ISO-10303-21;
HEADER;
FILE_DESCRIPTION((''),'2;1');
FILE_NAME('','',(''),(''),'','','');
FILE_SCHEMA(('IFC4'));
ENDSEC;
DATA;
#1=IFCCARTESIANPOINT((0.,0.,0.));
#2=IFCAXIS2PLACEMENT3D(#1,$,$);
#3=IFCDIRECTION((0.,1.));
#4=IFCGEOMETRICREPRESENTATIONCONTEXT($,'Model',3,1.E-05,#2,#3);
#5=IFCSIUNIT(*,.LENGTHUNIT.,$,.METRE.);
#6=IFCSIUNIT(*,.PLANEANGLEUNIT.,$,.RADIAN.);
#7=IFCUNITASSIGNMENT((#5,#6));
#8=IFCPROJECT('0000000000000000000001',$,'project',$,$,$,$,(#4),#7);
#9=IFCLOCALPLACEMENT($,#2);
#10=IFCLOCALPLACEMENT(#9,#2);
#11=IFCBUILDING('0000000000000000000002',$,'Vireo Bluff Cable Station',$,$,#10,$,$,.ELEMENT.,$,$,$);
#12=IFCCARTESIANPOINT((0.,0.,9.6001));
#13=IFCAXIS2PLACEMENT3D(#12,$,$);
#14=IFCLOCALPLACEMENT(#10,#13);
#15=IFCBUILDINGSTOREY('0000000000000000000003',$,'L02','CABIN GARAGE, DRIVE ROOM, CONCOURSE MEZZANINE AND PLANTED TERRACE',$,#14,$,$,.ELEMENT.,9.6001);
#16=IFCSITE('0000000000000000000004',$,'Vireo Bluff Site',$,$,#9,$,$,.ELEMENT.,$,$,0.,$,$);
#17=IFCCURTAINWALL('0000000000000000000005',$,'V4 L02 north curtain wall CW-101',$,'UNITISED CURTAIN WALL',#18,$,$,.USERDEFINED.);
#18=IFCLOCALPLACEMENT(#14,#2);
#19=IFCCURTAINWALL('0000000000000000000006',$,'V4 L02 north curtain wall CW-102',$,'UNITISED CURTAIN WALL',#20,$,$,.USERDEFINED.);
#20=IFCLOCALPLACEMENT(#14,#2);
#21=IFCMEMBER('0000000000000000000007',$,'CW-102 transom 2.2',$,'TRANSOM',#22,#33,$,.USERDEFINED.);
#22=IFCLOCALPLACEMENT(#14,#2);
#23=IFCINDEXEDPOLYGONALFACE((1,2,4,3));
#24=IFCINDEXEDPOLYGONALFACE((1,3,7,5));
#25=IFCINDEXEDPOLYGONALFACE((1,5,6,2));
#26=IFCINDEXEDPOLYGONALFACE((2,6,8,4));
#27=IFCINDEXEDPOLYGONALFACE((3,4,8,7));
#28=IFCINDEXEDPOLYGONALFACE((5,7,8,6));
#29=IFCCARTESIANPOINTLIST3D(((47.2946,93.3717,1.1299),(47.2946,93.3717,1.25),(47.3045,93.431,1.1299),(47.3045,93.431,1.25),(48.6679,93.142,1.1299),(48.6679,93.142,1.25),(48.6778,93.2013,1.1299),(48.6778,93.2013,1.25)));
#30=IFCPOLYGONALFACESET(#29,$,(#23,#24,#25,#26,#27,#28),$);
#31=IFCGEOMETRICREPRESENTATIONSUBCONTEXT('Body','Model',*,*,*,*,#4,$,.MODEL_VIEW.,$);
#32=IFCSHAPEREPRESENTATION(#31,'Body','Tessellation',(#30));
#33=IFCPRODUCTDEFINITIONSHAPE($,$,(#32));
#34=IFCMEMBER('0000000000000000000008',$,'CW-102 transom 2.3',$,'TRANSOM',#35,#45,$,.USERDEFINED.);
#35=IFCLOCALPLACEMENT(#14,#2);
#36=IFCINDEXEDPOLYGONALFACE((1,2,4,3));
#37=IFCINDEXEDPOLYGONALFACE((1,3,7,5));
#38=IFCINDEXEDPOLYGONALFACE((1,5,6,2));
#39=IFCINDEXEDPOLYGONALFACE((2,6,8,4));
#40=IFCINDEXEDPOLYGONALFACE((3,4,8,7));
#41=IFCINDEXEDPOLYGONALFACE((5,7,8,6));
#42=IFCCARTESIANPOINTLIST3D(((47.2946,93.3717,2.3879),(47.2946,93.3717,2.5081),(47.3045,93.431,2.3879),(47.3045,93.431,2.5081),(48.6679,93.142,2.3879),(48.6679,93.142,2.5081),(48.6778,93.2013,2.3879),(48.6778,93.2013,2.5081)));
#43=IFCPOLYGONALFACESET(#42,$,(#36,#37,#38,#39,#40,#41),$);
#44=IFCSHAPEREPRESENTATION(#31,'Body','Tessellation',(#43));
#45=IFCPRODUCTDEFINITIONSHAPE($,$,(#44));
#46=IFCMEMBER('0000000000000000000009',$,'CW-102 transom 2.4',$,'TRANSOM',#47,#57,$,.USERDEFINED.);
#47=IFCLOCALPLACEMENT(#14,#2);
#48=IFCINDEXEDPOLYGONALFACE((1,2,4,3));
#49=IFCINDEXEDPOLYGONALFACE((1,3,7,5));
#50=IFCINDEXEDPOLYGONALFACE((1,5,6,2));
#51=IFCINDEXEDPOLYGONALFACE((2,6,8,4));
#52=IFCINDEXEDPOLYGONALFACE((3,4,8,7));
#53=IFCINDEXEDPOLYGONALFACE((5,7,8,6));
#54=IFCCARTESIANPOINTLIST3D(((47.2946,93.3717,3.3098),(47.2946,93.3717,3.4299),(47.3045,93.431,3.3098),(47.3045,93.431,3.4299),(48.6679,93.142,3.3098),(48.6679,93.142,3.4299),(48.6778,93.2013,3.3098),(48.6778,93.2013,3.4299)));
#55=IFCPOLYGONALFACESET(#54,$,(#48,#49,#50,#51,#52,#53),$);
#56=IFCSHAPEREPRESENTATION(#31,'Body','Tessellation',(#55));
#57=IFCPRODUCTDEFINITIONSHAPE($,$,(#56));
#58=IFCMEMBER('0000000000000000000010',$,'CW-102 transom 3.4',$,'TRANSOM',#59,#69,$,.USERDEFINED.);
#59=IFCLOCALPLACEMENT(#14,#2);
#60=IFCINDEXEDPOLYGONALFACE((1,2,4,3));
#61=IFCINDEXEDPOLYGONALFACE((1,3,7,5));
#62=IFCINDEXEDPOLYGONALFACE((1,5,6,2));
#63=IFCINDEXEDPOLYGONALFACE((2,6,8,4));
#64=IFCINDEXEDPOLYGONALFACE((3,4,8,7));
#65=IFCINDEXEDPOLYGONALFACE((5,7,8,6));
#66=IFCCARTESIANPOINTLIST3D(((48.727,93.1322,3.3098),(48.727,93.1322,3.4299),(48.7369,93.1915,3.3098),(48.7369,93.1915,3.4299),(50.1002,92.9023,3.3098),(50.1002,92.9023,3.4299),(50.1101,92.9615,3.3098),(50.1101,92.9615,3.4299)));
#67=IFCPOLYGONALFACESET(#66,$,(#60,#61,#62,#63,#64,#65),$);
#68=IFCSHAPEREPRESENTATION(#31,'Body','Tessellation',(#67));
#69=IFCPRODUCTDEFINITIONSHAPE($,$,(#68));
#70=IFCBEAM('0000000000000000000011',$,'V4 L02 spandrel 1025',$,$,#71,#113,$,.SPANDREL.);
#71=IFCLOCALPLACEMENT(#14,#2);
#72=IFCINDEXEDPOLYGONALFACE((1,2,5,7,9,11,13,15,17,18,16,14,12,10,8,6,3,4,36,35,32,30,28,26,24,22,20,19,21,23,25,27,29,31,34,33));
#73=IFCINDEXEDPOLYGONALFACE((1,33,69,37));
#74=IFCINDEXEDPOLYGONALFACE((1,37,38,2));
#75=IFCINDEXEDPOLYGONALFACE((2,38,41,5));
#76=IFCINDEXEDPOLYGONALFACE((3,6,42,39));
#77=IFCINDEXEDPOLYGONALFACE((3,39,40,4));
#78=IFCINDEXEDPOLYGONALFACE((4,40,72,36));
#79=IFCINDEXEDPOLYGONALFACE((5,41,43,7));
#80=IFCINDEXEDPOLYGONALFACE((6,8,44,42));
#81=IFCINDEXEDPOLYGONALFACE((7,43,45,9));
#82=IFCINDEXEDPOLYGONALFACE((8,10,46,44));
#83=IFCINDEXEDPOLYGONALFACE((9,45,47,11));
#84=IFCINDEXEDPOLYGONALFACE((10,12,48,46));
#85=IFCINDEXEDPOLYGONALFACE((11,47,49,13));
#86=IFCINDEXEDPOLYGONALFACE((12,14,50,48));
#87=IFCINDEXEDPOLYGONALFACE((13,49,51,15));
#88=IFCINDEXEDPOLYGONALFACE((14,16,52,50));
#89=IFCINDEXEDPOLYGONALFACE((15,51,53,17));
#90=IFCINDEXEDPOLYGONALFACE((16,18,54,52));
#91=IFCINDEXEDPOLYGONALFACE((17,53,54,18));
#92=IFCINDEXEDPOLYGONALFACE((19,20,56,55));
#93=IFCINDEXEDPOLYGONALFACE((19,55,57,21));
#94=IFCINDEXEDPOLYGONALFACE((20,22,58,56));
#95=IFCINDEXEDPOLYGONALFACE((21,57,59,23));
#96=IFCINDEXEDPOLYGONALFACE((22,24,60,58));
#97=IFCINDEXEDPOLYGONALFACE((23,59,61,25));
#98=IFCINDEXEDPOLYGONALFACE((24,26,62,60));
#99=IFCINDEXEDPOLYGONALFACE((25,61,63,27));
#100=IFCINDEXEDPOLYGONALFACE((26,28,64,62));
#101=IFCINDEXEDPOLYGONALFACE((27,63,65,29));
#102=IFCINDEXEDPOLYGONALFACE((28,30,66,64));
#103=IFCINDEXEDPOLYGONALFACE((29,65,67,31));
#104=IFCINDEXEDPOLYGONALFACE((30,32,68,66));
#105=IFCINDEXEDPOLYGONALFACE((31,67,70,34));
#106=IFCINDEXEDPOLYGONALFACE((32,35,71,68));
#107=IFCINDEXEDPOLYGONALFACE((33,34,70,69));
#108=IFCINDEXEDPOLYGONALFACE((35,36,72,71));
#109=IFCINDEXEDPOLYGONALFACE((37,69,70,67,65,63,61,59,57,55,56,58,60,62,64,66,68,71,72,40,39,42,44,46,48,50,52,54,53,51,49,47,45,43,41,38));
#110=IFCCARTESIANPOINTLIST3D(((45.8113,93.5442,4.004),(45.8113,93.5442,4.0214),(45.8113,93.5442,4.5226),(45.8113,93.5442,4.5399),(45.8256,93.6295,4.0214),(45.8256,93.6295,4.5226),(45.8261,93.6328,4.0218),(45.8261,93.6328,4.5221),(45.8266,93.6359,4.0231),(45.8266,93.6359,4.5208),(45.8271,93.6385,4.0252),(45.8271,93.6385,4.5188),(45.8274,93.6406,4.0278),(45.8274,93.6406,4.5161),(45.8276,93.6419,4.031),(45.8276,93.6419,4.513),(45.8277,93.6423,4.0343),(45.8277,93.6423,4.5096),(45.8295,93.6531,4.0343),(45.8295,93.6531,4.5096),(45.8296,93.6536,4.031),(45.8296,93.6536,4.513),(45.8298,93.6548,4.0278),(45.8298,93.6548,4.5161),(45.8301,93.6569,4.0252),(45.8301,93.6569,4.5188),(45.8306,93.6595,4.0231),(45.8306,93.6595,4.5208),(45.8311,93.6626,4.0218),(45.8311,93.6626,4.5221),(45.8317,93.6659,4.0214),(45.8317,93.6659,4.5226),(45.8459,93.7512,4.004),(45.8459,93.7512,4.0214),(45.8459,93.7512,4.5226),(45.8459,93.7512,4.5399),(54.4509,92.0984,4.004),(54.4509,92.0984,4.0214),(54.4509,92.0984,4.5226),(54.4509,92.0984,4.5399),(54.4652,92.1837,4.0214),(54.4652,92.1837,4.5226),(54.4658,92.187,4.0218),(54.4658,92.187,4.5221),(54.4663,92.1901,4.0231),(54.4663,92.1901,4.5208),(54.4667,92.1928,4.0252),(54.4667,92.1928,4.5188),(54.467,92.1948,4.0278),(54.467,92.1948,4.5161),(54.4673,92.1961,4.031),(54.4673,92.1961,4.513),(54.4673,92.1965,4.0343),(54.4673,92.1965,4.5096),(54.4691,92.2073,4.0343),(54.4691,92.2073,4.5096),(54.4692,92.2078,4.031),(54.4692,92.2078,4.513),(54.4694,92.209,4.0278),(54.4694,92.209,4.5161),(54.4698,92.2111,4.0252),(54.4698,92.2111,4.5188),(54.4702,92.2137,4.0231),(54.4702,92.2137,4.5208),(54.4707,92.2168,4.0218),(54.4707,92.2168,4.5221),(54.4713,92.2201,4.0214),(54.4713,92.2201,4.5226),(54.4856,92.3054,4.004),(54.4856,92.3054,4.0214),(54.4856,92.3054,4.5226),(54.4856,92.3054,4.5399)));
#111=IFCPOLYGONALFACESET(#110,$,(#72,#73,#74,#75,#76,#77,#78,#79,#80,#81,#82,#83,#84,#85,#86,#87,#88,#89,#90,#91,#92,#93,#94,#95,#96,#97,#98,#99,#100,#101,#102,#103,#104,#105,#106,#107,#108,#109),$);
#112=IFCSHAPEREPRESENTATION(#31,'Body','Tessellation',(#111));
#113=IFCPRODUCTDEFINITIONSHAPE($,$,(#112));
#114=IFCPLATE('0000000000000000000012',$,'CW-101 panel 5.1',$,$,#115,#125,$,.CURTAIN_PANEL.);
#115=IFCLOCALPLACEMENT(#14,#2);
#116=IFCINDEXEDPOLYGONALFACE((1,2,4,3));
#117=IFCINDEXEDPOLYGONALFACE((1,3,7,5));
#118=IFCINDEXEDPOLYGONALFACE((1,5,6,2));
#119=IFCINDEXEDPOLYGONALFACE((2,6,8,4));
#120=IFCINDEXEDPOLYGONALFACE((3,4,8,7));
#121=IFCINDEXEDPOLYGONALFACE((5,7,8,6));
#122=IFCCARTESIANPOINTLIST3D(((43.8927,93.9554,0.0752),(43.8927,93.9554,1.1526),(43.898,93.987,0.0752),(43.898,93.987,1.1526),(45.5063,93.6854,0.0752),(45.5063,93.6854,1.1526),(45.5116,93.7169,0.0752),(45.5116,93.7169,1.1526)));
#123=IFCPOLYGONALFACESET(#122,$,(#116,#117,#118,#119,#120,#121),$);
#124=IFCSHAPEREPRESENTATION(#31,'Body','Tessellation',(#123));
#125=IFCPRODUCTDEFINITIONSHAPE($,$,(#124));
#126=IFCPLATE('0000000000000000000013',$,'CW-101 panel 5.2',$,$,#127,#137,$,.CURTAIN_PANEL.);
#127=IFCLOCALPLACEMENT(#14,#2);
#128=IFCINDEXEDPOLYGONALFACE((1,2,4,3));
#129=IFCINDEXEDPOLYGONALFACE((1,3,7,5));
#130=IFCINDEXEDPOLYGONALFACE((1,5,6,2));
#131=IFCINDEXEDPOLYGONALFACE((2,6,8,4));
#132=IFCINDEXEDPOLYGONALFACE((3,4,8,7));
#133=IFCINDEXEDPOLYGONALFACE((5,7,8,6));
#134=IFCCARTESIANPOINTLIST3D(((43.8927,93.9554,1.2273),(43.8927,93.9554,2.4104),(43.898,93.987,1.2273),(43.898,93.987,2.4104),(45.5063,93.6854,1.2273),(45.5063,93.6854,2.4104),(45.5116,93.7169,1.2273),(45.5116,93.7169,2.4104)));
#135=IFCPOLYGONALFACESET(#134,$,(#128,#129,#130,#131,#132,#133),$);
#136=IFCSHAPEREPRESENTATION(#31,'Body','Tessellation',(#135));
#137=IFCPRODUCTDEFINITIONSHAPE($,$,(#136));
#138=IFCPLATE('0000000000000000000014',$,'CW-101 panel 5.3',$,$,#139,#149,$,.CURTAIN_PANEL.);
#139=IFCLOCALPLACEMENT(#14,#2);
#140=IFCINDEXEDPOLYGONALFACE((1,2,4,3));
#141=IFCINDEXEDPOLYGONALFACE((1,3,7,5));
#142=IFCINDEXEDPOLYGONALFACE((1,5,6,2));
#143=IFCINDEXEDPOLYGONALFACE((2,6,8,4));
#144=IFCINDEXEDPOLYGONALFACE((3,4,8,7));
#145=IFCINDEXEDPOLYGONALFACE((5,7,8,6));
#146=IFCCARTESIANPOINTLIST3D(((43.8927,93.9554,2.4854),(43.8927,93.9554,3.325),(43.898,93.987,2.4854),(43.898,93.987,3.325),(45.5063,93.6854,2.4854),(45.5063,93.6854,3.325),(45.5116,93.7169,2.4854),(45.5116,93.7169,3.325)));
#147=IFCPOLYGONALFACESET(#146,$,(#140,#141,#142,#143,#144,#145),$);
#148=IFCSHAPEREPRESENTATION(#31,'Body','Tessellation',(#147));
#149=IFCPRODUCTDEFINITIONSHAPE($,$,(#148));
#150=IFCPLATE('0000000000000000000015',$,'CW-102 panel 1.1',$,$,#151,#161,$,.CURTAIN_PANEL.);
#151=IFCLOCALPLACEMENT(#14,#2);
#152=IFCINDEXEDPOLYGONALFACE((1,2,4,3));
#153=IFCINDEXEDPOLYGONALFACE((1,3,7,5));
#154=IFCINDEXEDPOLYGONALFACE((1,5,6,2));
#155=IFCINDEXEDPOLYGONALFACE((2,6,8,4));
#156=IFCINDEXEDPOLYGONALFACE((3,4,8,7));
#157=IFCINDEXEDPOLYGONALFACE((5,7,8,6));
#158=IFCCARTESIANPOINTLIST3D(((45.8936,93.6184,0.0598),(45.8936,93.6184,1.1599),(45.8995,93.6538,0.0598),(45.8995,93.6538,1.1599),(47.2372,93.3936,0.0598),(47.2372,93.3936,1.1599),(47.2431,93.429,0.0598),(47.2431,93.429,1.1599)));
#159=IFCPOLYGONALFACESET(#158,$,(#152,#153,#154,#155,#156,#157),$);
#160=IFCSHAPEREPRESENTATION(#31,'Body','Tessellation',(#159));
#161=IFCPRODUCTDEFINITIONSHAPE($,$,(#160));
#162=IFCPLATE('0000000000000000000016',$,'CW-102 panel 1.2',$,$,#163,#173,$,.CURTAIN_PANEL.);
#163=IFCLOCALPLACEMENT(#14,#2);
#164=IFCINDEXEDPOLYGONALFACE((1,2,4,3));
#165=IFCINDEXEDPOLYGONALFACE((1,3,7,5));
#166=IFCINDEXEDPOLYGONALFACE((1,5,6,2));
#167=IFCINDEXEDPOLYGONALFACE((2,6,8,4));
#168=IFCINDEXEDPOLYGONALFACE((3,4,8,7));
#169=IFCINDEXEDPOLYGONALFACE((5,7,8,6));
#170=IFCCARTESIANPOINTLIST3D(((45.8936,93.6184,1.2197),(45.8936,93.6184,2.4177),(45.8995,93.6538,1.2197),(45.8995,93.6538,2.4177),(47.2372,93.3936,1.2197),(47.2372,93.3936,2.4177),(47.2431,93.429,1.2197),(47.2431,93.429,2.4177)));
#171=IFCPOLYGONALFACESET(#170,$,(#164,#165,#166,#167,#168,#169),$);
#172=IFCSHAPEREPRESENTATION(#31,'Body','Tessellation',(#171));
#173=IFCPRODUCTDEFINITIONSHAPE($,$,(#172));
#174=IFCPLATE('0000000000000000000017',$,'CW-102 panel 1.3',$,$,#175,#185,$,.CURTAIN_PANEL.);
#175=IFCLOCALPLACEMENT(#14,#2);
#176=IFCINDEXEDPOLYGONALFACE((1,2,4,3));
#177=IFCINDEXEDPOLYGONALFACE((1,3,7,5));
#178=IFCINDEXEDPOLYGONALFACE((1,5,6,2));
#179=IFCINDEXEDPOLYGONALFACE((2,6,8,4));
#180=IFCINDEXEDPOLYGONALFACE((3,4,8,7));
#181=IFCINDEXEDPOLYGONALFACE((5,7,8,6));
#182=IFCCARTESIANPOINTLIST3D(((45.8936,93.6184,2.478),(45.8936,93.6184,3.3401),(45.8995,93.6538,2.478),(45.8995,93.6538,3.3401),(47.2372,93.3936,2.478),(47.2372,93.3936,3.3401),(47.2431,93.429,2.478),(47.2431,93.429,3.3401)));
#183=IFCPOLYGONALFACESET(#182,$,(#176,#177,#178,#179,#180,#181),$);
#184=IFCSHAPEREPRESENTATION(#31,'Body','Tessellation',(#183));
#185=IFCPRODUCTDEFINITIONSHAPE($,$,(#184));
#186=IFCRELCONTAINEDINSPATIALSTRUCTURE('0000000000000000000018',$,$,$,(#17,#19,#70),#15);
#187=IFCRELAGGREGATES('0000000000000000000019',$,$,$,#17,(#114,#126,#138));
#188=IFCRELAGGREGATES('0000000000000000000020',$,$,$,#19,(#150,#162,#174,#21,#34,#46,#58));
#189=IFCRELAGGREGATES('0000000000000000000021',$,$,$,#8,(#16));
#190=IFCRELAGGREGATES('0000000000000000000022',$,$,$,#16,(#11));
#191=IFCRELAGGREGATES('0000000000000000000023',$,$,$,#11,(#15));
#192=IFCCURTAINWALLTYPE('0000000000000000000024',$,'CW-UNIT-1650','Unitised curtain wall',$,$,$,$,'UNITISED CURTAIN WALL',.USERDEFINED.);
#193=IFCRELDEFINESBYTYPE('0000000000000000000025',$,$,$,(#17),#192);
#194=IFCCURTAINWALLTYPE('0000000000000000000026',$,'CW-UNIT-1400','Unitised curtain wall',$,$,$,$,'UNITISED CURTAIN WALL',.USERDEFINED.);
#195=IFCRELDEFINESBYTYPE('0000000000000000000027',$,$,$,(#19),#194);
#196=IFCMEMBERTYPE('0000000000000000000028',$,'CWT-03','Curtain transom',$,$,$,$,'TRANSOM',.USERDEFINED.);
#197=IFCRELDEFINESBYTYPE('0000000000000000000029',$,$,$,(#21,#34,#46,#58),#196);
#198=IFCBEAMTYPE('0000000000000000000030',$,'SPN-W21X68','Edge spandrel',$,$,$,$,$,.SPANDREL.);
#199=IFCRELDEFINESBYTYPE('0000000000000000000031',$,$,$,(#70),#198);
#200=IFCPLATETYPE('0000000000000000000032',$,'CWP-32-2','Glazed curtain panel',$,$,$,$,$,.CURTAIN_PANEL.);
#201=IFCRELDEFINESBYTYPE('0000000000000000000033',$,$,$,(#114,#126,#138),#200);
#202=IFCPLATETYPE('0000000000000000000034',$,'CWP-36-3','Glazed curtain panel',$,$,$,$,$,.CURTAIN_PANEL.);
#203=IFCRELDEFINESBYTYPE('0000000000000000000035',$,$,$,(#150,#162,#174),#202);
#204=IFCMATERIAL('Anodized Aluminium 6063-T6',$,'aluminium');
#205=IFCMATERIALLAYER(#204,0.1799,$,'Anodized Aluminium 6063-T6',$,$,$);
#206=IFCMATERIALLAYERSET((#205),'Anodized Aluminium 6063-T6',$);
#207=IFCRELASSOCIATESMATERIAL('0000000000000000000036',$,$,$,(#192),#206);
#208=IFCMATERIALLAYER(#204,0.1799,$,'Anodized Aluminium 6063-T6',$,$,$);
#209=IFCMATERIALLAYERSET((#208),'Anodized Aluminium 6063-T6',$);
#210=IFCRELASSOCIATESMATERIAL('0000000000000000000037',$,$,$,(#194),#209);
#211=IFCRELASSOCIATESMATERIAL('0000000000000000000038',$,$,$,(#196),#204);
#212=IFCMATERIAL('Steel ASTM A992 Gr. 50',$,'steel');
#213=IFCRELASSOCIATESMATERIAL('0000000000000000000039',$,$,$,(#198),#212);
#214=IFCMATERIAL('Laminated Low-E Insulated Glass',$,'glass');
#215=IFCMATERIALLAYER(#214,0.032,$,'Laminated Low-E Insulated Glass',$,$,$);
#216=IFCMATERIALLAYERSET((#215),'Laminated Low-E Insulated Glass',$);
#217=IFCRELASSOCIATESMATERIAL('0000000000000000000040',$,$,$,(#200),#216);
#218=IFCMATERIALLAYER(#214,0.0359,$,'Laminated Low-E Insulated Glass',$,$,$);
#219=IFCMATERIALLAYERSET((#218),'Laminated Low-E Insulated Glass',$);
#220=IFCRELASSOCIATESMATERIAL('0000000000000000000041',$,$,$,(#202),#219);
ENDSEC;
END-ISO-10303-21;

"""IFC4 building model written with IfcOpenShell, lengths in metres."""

from ifc_helpers import new_model, si_unit, direction, frame, origin, origin_2d, place, context, subcontext, project, spatial, rectangle, i_section, extrude, material, layer, layer_set, material_profile, profile_set, type_object, element, aggregate, save


model = new_model("IFC4")

# Units and contexts
model_context = context("Model", 3, precision=1e-05, world=origin(), true_north=direction((0.0, 1.0)))
body_context = subcontext(model_context, "Body", "Model", "MODEL_VIEW")
ifc_project = project(units=[si_unit("LENGTHUNIT", "METRE"), si_unit("PLANEANGLEUNIT", "RADIAN")], contexts=[model_context])

# Site, building, storey
site_placement = place(None, origin())
site = spatial("IfcSite", under=ifc_project, at=site_placement, Name="Vireo Bluff Site", CompositionType="ELEMENT", RefElevation=0.0)
building_placement = place(site_placement, origin())
building = spatial("IfcBuilding", under=site, at=building_placement, Name="Vireo Bluff Cable Station", CompositionType="ELEMENT")
storey_placement = place(building_placement, frame((0.0, 0.0, 9.6001)))
storey = spatial("IfcBuildingStorey", under=building, at=storey_placement, Name="L02", Description="CABIN GARAGE, DRIVE ROOM, CONCOURSE MEZZANINE AND PLANTED TERRACE", CompositionType="ELEMENT", Elevation=9.6001)

# Shared definitions
ifc_material_1 = material(Name="Steel ASTM A992 Gr. 50", Category="steel")

# Curtain wall
ifc_material_2 = material(Name="Anodized Aluminium 6063-T6", Category="aluminium")
ifc_layer_1 = layer(ifc_material_2, 0.1799, Name="Anodized Aluminium 6063-T6")
ifc_layer_set_1 = layer_set([ifc_layer_1], Name="Anodized Aluminium 6063-T6")
curtain_wall_type_1 = type_object("IfcCurtainWallType", Name="CW-UNIT-1650", Description="Unitised curtain wall", ElementType="UNITISED CURTAIN WALL", PredefinedType="USERDEFINED", material=ifc_layer_set_1)
curtain_wall_1_placement = place(storey_placement, origin())
curtain_wall_1 = element("IfcCurtainWall", 1, at=curtain_wall_1_placement, inside=storey, type_object=curtain_wall_type_1, Name="V4 L02 north curtain wall CW-101", ObjectType="UNITISED CURTAIN WALL", PredefinedType="USERDEFINED")

# Curtain wall
ifc_layer_2 = layer(ifc_material_2, 0.1799, Name="Anodized Aluminium 6063-T6")
ifc_layer_set_2 = layer_set([ifc_layer_2], Name="Anodized Aluminium 6063-T6")
curtain_wall_type_2 = type_object("IfcCurtainWallType", Name="CW-UNIT-1400", Description="Unitised curtain wall", ElementType="UNITISED CURTAIN WALL", PredefinedType="USERDEFINED", material=ifc_layer_set_2)
curtain_wall_2_placement = place(storey_placement, origin())
curtain_wall_2 = element("IfcCurtainWall", 2, at=curtain_wall_2_placement, inside=storey, type_object=curtain_wall_type_2, Name="V4 L02 north curtain wall CW-102", ObjectType="UNITISED CURTAIN WALL", PredefinedType="USERDEFINED")

# Members
ifc_material_profile_1 = material_profile(ifc_material_2, rectangle(XDim=0.0601, YDim=0.1201, at=origin_2d()), Name="ALU-T-60X120")
ifc_profile_set_1 = profile_set([ifc_material_profile_1], Name="Anodized Aluminium 6063-T6")
member_type_1 = type_object("IfcMemberType", Name="CWT-03", Description="Curtain transom", ElementType="TRANSOM", PredefinedType="USERDEFINED", material=ifc_profile_set_1)
member_1_placement = place(storey_placement, frame((47.2996, 93.4014, 1.1899), z_axis=(0.986294, -0.164996, 0.0), x_axis=(0.164996, 0.986294, 0.0)))
member_1 = element("IfcMember", 3, at=member_1_placement, type_object=member_type_1, Name="CW-102 transom 2.2", ObjectType="TRANSOM", PredefinedType="USERDEFINED", context=body_context, shape_type="SweptSolid", body=[
    extrude(rectangle(XDim=0.0601, YDim=0.1201, at=origin_2d()), origin(), (0.0, 0.0, 1.0), 1.3923),
])
member_2_placement = place(storey_placement, frame((47.2996, 93.4014, 2.448), z_axis=(0.986294, -0.164996, 0.0), x_axis=(0.164996, 0.986294, 0.0)))
member_2 = element("IfcMember", 4, at=member_2_placement, type_object=member_type_1, Name="CW-102 transom 2.3", ObjectType="TRANSOM", PredefinedType="USERDEFINED", context=body_context, shape_type="SweptSolid", body=[
    extrude(rectangle(XDim=0.0601, YDim=0.1201, at=origin_2d()), origin(), (0.0, 0.0, 1.0), 1.3923),
])
member_3_placement = place(storey_placement, frame((47.2996, 93.4014, 3.3699), z_axis=(0.986294, -0.164996, 0.0), x_axis=(0.164996, 0.986294, 0.0)))
member_3 = element("IfcMember", 5, at=member_3_placement, type_object=member_type_1, Name="CW-102 transom 2.4", ObjectType="TRANSOM", PredefinedType="USERDEFINED", context=body_context, shape_type="SweptSolid", body=[
    extrude(rectangle(XDim=0.0601, YDim=0.1201, at=origin_2d()), origin(), (0.0, 0.0, 1.0), 1.3923),
])
member_4_placement = place(storey_placement, frame((48.7319, 93.1619, 3.3699), z_axis=(0.986266, -0.165167, 0.0), x_axis=(0.165167, 0.986266, 0.0)))
member_4 = element("IfcMember", 6, at=member_4_placement, type_object=member_type_1, Name="CW-102 transom 3.4", ObjectType="TRANSOM", PredefinedType="USERDEFINED", context=body_context, shape_type="SweptSolid", body=[
    extrude(rectangle(XDim=0.0601, YDim=0.1201, at=origin_2d()), origin(), (0.0, 0.0, 1.0), 1.3923),
])

# Beam
ifc_material_profile_2 = material_profile(ifc_material_1, i_section(OverallWidth=0.21, OverallDepth=0.5359, WebThickness=0.011, FlangeThickness=0.0173, FilletRadius=0.0129, at=origin_2d()), Name="W21X68")
ifc_profile_set_2 = profile_set([ifc_material_profile_2], Name="Steel ASTM A992 Gr. 50")
beam_type = type_object("IfcBeamType", Name="SPN-W21X68", Description="Edge spandrel", PredefinedType="SPANDREL", material=ifc_profile_set_2)
beam_placement = place(storey_placement, frame((45.8286, 93.6477, 4.272), z_axis=(0.986285, -0.16505, 0.0), x_axis=(0.16505, 0.986285, 0.0)))
element("IfcBeam", 7, at=beam_placement, inside=storey, type_object=beam_type, Name="V4 L02 spandrel 1025", PredefinedType="SPANDREL", context=body_context, shape_type="SweptSolid", body=[
    extrude(i_section(OverallWidth=0.21, OverallDepth=0.5359, WebThickness=0.011, FlangeThickness=0.0173, FilletRadius=0.0129, at=origin_2d()), origin(), (0.0, 0.0, 1.0), 8.7598),
])

# Plates
ifc_material_3 = material(Name="Laminated Low-E Insulated Glass", Category="glass")
ifc_layer_3 = layer(ifc_material_3, 0.032, Name="Laminated Low-E Insulated Glass")
ifc_layer_set_3 = layer_set([ifc_layer_3], Name="Laminated Low-E Insulated Glass")
plate_type_1 = type_object("IfcPlateType", Name="CWP-32-2", Description="Glazed curtain panel", PredefinedType="CURTAIN_PANEL", material=ifc_layer_set_3)
plate_1_placement = place(storey_placement, frame((44.7021, 93.8362, 0.0752), z_axis=(0.0, 0.0, 1.0), x_axis=(0.986286, -0.165048, 0.0)))
plate_1 = element("IfcPlate", 8, at=plate_1_placement, type_object=plate_type_1, Name="CW-101 panel 5.1", PredefinedType="CURTAIN_PANEL", context=body_context, shape_type="SweptSolid", body=[
    extrude(rectangle(XDim=1.636, YDim=0.032, at=origin_2d()), origin(), (0.0, 0.0, 1.0), 1.0774),
])
plate_2_placement = place(storey_placement, frame((44.7021, 93.8362, 1.2273), z_axis=(0.0, 0.0, 1.0), x_axis=(0.986286, -0.165048, 0.0)))
plate_2 = element("IfcPlate", 9, at=plate_2_placement, type_object=plate_type_1, Name="CW-101 panel 5.2", PredefinedType="CURTAIN_PANEL", context=body_context, shape_type="SweptSolid", body=[
    extrude(rectangle(XDim=1.636, YDim=0.032, at=origin_2d()), origin(), (0.0, 0.0, 1.0), 1.1831),
])
plate_3_placement = place(storey_placement, frame((44.7021, 93.8362, 2.4854), z_axis=(0.0, 0.0, 1.0), x_axis=(0.986286, -0.165048, 0.0)))
plate_3 = element("IfcPlate", 10, at=plate_3_placement, type_object=plate_type_1, Name="CW-101 panel 5.3", PredefinedType="CURTAIN_PANEL", context=body_context, shape_type="SweptSolid", body=[
    extrude(rectangle(XDim=1.636, YDim=0.032, at=origin_2d()), origin(), (0.0, 0.0, 1.0), 0.8396),
])
aggregate(curtain_wall_1, [plate_1, plate_2, plate_3])
ifc_layer_4 = layer(ifc_material_3, 0.0359, Name="Laminated Low-E Insulated Glass")
ifc_layer_set_4 = layer_set([ifc_layer_4], Name="Laminated Low-E Insulated Glass")
plate_type_2 = type_object("IfcPlateType", Name="CWP-36-3", Description="Glazed curtain panel", PredefinedType="CURTAIN_PANEL", material=ifc_layer_set_4)
plate_4_placement = place(storey_placement, frame((46.5684, 93.5237, 0.0598), z_axis=(0.0, 0.0, 1.0), x_axis=(0.986286, -0.165048, 0.0)))
plate_4 = element("IfcPlate", 11, at=plate_4_placement, type_object=plate_type_2, Name="CW-102 panel 1.1", PredefinedType="CURTAIN_PANEL", context=body_context, shape_type="SweptSolid", body=[
    extrude(rectangle(XDim=1.3623, YDim=0.0359, at=origin_2d()), origin(), (0.0, 0.0, 1.0), 1.1001),
])
plate_5_placement = place(storey_placement, frame((46.5684, 93.5237, 1.2197), z_axis=(0.0, 0.0, 1.0), x_axis=(0.986286, -0.165048, 0.0)))
plate_5 = element("IfcPlate", 12, at=plate_5_placement, type_object=plate_type_2, Name="CW-102 panel 1.2", PredefinedType="CURTAIN_PANEL", context=body_context, shape_type="SweptSolid", body=[
    extrude(rectangle(XDim=1.3623, YDim=0.0359, at=origin_2d()), origin(), (0.0, 0.0, 1.0), 1.198),
])
plate_6_placement = place(storey_placement, frame((46.5684, 93.5237, 2.478), z_axis=(0.0, 0.0, 1.0), x_axis=(0.986286, -0.165048, 0.0)))
plate_6 = element("IfcPlate", 13, at=plate_6_placement, type_object=plate_type_2, Name="CW-102 panel 1.3", PredefinedType="CURTAIN_PANEL", context=body_context, shape_type="SweptSolid", body=[
    extrude(rectangle(XDim=1.3623, YDim=0.0359, at=origin_2d()), origin(), (0.0, 0.0, 1.0), 0.8621),
])
aggregate(curtain_wall_2, [plate_4, plate_5, plate_6, member_1, member_2, member_3, member_4])

save(model, "model.ifc")
